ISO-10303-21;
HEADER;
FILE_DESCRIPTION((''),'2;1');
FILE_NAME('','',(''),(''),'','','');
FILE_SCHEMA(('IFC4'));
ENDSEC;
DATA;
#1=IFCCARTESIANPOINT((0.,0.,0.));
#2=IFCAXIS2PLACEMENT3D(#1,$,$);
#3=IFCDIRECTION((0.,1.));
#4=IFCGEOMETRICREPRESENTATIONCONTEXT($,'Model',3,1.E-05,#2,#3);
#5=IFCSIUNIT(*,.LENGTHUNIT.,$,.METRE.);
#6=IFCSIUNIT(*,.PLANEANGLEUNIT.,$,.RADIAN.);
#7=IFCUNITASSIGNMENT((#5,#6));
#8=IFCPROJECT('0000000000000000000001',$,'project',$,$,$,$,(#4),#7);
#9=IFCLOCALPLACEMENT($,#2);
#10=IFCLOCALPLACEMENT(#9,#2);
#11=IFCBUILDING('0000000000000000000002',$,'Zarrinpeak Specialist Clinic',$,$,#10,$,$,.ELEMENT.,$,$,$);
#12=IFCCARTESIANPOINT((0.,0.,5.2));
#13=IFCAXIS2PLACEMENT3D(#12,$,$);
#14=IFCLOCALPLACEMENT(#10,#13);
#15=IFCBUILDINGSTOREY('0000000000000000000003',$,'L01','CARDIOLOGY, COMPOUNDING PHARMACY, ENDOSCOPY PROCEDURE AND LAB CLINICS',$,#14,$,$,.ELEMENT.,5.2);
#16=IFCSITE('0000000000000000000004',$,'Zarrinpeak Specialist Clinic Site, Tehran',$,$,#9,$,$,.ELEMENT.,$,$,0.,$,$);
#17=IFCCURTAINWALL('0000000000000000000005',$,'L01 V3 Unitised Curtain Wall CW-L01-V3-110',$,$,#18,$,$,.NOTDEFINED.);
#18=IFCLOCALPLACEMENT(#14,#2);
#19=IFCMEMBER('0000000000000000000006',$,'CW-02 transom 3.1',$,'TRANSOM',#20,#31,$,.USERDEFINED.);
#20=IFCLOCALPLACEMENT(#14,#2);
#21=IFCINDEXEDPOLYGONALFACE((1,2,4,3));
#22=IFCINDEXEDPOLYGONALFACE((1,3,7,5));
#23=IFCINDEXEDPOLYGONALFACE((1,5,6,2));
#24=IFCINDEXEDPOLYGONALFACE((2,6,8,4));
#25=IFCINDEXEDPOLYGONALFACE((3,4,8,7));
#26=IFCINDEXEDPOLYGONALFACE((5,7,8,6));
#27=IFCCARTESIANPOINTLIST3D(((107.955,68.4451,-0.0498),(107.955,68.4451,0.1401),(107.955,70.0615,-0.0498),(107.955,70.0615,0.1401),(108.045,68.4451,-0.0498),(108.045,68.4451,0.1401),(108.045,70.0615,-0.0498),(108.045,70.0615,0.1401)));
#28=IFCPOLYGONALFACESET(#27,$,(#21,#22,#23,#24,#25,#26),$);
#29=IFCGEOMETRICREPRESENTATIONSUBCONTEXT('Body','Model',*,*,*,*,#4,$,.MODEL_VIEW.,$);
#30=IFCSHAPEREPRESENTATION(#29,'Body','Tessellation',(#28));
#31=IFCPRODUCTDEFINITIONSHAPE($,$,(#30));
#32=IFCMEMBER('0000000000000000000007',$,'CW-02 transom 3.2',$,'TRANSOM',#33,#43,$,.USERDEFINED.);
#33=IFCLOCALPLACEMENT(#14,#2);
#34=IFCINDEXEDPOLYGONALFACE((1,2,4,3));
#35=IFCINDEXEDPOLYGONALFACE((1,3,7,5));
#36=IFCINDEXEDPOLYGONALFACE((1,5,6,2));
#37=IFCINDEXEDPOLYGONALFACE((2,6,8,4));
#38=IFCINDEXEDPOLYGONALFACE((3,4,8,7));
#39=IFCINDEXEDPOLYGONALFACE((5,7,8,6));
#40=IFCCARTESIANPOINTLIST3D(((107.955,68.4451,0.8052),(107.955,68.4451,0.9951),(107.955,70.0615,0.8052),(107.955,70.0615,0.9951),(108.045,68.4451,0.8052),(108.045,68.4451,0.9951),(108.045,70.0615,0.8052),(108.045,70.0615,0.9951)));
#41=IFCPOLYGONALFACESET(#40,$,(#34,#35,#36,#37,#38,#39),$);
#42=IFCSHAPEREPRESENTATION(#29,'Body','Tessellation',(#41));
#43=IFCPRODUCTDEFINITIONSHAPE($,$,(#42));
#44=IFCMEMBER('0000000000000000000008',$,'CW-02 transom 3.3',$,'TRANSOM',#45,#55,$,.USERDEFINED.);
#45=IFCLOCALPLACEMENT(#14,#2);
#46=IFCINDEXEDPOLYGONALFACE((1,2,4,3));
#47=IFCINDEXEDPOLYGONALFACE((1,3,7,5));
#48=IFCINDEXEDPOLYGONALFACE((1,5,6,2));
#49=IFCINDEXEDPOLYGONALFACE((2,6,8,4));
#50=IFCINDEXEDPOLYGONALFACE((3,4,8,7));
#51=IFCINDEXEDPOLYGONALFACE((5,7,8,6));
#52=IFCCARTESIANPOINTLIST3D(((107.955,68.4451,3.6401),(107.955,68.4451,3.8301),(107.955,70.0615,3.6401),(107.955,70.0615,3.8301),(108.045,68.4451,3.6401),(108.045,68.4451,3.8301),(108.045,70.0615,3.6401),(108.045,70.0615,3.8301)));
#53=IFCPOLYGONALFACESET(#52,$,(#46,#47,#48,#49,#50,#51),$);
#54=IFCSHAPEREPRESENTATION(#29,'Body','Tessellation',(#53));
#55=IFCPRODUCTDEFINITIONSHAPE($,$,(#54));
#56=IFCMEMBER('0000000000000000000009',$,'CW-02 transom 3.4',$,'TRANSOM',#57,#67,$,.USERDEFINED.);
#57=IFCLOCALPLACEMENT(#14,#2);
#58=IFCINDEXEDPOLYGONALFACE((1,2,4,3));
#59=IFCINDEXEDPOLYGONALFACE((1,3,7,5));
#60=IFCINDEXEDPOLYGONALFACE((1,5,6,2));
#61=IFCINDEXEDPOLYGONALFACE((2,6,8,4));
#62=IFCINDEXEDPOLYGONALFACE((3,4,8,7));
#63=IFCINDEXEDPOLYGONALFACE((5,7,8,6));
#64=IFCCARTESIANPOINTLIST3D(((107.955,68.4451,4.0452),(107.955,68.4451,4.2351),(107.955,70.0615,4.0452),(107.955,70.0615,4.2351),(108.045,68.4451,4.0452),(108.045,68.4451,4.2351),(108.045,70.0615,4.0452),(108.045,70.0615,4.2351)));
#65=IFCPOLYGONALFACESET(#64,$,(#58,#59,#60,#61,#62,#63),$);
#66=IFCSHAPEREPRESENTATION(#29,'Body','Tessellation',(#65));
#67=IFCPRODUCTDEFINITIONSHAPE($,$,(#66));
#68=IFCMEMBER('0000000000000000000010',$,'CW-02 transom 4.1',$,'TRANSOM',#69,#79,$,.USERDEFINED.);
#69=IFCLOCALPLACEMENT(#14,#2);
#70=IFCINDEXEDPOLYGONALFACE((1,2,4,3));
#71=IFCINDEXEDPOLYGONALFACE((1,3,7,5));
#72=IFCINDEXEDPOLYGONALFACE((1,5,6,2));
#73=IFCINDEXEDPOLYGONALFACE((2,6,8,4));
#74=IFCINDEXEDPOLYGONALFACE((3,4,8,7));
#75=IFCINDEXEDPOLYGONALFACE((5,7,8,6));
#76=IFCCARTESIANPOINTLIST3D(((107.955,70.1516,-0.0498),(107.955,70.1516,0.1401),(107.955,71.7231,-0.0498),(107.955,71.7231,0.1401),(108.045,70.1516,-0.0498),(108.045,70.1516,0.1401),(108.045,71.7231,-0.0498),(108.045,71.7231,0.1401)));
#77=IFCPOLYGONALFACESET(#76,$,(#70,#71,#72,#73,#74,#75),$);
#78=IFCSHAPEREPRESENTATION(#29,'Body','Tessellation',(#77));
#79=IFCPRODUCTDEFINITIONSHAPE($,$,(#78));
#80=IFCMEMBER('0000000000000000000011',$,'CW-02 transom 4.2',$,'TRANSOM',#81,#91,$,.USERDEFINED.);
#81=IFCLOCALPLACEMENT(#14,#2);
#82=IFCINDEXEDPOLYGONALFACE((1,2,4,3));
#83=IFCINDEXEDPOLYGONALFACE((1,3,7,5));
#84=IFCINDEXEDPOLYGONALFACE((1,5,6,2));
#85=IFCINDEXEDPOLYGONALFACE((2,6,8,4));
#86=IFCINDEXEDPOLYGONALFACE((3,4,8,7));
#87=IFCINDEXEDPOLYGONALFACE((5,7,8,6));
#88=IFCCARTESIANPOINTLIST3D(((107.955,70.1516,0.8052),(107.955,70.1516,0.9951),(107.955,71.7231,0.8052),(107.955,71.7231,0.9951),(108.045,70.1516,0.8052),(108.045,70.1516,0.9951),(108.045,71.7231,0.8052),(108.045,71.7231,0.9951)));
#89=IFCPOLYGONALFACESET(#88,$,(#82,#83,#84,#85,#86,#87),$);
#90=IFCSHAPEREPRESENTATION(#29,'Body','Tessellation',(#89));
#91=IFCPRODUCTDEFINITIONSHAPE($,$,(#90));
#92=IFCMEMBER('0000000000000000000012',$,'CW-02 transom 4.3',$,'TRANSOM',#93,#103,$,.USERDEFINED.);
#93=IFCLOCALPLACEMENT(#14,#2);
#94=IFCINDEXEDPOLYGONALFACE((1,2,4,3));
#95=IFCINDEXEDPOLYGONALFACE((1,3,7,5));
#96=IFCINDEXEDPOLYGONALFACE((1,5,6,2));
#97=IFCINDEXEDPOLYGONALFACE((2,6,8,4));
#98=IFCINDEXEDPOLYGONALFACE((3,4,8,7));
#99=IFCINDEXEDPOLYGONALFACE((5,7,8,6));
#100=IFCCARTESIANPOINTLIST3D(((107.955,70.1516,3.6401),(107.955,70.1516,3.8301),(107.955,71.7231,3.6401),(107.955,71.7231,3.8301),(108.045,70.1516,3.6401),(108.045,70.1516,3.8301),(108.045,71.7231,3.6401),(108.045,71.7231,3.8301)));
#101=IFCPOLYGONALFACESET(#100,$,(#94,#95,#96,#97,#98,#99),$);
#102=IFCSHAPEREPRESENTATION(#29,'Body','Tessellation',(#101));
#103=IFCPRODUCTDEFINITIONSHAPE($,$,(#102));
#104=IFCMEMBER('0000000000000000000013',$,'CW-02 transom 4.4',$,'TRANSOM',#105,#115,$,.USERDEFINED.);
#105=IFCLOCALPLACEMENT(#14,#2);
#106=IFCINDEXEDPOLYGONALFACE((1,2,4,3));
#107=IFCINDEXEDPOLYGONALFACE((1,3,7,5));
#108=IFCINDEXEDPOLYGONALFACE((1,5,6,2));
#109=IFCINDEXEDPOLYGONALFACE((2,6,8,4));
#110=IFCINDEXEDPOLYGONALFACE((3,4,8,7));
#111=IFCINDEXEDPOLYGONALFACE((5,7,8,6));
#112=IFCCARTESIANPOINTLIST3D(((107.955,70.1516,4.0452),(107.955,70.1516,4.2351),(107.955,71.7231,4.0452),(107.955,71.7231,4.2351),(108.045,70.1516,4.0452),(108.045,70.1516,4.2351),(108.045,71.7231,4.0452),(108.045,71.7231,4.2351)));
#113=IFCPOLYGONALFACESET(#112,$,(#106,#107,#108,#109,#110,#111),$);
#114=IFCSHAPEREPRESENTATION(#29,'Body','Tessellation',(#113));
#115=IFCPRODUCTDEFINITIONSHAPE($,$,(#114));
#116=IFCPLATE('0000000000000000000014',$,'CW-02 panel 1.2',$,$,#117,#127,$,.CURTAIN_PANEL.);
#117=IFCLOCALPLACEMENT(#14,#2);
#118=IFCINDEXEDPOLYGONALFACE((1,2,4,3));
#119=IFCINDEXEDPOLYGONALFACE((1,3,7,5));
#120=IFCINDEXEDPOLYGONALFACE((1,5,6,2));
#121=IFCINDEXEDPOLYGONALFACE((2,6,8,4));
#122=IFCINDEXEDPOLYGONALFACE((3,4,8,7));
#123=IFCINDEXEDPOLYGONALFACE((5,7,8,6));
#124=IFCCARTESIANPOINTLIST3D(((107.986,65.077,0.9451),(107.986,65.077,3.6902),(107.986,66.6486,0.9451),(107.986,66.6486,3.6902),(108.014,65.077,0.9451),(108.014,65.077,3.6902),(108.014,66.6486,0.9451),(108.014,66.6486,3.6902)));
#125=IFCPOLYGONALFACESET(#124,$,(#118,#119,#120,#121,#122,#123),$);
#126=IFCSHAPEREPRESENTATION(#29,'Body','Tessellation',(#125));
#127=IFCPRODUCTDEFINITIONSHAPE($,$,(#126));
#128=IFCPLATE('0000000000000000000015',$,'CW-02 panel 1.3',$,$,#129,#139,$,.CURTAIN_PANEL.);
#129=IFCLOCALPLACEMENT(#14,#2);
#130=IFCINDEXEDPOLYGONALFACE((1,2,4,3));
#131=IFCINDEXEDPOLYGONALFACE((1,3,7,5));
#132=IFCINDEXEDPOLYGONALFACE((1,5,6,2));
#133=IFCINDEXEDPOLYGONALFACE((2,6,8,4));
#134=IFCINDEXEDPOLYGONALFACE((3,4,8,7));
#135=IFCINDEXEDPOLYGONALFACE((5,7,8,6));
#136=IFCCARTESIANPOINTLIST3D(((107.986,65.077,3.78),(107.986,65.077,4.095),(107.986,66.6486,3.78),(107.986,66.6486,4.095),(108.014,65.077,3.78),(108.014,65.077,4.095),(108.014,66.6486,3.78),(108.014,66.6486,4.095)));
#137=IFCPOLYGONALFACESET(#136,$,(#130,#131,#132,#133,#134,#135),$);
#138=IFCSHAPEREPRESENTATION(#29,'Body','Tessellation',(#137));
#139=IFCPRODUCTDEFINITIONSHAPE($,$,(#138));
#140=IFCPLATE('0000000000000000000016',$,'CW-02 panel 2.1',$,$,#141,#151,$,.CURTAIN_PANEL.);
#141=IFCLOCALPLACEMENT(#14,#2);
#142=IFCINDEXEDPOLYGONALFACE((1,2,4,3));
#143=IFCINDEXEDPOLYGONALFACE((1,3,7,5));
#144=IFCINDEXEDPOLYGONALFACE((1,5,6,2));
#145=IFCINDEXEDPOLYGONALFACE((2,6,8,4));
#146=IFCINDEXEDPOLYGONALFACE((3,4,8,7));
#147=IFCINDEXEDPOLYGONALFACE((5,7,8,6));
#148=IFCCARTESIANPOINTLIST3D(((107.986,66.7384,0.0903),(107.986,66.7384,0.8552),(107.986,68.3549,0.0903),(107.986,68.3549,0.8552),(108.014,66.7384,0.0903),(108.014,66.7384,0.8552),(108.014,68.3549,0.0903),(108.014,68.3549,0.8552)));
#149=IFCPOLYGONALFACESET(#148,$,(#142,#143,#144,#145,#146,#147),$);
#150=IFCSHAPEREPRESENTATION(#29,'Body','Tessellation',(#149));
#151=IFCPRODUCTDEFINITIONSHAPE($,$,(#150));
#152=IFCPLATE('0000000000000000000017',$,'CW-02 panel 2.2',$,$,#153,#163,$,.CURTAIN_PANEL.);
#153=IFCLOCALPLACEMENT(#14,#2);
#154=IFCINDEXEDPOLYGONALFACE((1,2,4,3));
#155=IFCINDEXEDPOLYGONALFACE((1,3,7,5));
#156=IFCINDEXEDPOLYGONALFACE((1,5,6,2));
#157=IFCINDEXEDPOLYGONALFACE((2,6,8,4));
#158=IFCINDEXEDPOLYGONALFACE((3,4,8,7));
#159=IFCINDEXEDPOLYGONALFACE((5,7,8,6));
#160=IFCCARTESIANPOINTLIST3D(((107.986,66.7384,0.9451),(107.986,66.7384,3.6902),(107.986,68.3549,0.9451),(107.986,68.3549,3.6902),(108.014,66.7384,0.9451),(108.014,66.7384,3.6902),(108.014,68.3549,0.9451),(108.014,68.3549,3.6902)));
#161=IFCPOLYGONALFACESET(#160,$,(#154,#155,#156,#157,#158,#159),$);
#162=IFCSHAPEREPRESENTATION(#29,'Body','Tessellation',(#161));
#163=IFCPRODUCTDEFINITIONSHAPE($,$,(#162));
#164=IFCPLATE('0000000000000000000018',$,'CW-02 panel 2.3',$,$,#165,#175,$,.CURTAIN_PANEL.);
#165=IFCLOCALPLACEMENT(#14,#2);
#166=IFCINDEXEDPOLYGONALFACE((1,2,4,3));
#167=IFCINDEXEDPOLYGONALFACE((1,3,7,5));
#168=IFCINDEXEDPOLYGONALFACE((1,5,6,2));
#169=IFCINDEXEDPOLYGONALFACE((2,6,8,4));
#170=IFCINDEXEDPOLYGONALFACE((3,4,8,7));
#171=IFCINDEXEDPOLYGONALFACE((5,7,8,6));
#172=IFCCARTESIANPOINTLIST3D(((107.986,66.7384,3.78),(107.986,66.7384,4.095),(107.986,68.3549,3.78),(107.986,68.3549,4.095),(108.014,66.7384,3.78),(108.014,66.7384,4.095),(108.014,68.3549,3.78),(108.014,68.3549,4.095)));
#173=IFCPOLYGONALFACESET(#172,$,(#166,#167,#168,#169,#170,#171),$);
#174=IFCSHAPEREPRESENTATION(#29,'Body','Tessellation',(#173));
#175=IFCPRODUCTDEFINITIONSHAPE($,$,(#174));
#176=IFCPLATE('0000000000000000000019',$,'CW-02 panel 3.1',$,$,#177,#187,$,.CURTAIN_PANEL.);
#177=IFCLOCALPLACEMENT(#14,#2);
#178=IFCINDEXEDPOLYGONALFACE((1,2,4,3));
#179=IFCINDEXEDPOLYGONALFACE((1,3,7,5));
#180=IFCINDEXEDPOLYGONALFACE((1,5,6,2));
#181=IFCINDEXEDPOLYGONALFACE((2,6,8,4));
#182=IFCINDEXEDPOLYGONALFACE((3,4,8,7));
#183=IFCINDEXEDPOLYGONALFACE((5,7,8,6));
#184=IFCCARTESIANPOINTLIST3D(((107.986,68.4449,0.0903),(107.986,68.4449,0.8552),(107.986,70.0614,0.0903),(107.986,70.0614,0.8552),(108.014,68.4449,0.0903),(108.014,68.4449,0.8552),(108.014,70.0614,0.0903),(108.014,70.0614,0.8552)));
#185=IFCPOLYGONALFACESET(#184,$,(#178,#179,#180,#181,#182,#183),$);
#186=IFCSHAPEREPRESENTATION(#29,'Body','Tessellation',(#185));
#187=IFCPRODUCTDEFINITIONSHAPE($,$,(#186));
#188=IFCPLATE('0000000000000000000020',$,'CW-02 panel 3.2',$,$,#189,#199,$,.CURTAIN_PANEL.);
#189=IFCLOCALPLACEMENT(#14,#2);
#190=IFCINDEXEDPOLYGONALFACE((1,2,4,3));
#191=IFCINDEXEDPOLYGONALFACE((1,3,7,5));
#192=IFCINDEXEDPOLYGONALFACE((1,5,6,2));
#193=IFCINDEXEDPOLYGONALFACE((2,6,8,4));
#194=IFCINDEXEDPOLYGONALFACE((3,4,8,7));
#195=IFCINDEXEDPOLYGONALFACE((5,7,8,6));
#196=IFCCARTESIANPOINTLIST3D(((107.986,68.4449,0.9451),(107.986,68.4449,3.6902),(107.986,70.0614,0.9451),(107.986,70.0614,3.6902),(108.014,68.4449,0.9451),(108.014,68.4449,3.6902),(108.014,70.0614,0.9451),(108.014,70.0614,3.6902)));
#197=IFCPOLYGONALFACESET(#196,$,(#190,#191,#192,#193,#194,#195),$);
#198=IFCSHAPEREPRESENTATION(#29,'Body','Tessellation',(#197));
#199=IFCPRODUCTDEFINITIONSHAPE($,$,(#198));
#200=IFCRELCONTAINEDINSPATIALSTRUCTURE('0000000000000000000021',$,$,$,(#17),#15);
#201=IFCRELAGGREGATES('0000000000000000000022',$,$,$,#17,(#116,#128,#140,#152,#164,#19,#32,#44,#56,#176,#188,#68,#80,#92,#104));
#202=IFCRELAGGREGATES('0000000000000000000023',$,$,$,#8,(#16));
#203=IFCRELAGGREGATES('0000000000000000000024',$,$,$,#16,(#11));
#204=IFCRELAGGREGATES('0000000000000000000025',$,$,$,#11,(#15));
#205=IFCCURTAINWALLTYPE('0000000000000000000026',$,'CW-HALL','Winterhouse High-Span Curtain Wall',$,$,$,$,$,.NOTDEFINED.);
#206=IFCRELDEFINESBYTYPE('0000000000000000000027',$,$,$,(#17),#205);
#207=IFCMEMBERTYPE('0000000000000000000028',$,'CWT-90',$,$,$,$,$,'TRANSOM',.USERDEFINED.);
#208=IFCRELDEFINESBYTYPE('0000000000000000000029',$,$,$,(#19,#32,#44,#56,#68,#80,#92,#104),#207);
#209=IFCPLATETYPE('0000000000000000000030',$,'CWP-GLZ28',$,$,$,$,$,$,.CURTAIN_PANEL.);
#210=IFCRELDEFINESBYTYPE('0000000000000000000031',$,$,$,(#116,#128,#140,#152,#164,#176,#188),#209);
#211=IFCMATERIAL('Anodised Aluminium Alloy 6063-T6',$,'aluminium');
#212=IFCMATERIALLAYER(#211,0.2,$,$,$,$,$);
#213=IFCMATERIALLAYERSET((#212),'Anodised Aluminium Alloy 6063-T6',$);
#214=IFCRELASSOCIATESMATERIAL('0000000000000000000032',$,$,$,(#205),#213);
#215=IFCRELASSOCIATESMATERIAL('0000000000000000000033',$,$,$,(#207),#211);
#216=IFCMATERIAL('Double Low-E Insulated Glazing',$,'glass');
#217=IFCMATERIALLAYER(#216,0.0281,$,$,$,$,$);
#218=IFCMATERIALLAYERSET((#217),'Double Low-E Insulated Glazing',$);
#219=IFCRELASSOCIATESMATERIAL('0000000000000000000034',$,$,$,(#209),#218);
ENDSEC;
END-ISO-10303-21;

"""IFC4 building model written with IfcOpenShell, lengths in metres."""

from ifc_helpers import new_model, si_unit, direction, frame, origin, origin_2d, place, context, subcontext, project, spatial, rectangle, extrude, material, layer, layer_set, material_profile, profile_set, type_object, element, aggregate, save


model = new_model("IFC4")

# Units and contexts
model_context = context("Model", 3, precision=1e-05, world=origin(), true_north=direction((0.0, 1.0)))
body_context = subcontext(model_context, "Body", "Model", "MODEL_VIEW")
ifc_project = project(units=[si_unit("LENGTHUNIT", "METRE"), si_unit("PLANEANGLEUNIT", "RADIAN")], contexts=[model_context])

# Site, building, storey
site_placement = place(None, origin())
site = spatial("IfcSite", under=ifc_project, at=site_placement, Name="Zarrinpeak Specialist Clinic Site, Tehran", CompositionType="ELEMENT", RefElevation=0.0)
building_placement = place(site_placement, origin())
building = spatial("IfcBuilding", under=site, at=building_placement, Name="Zarrinpeak Specialist Clinic", CompositionType="ELEMENT")
storey_placement = place(building_placement, frame((0.0, 0.0, 5.2)))
storey = spatial("IfcBuildingStorey", under=building, at=storey_placement, Name="L01", Description="CARDIOLOGY, COMPOUNDING PHARMACY, ENDOSCOPY PROCEDURE AND LAB CLINICS", CompositionType="ELEMENT", Elevation=5.2)

# Curtain wall, members, plates
ifc_material_1 = material(Name="Anodised Aluminium Alloy 6063-T6", Category="aluminium")
ifc_layer_1 = layer(ifc_material_1, 0.2)
ifc_layer_set_1 = layer_set([ifc_layer_1], Name="Anodised Aluminium Alloy 6063-T6")
curtain_wall_type = type_object("IfcCurtainWallType", Name="CW-HALL", Description="Winterhouse High-Span Curtain Wall", PredefinedType="NOTDEFINED", material=ifc_layer_set_1)
curtain_wall_placement = place(storey_placement, origin())
curtain_wall = element("IfcCurtainWall", 1, at=curtain_wall_placement, inside=storey, type_object=curtain_wall_type, Name="L01 V3 Unitised Curtain Wall CW-L01-V3-110", PredefinedType="NOTDEFINED")
ifc_material_profile_1 = material_profile(ifc_material_1, rectangle(XDim=0.0901, YDim=0.1899, at=origin_2d()), Name="ALU 90x190")
ifc_profile_set_1 = profile_set([ifc_material_profile_1], Name="Anodised Aluminium Alloy 6063-T6")
member_type_1 = type_object("IfcMemberType", Name="CWT-90", ElementType="TRANSOM", PredefinedType="USERDEFINED", material=ifc_profile_set_1)
member_1_placement = place(storey_placement, frame((108.0, 68.4451, 0.0452), z_axis=(0.0, 1.0, 0.0), x_axis=(-1.0, 0.0, 0.0)))
member_1 = element("IfcMember", 2, at=member_1_placement, type_object=member_type_1, Name="CW-02 transom 3.1", ObjectType="TRANSOM", PredefinedType="USERDEFINED", context=body_context, shape_type="SweptSolid", body=[
    extrude(rectangle(XDim=0.0901, YDim=0.1899, at=origin_2d()), origin(), (0.0, 0.0, 1.0), 1.6165),
])
member_2_placement = place(storey_placement, frame((108.0, 68.4451, 0.9001), z_axis=(0.0, 1.0, 0.0), x_axis=(-1.0, 0.0, 0.0)))
member_2 = element("IfcMember", 3, at=member_2_placement, type_object=member_type_1, Name="CW-02 transom 3.2", ObjectType="TRANSOM", PredefinedType="USERDEFINED", context=body_context, shape_type="SweptSolid", body=[
    extrude(rectangle(XDim=0.0901, YDim=0.1899, at=origin_2d()), origin(), (0.0, 0.0, 1.0), 1.6165),
])
member_3_placement = place(storey_placement, frame((108.0, 68.4451, 3.7351), z_axis=(0.0, 1.0, 0.0), x_axis=(-1.0, 0.0, 0.0)))
member_3 = element("IfcMember", 4, at=member_3_placement, type_object=member_type_1, Name="CW-02 transom 3.3", ObjectType="TRANSOM", PredefinedType="USERDEFINED", context=body_context, shape_type="SweptSolid", body=[
    extrude(rectangle(XDim=0.0901, YDim=0.1899, at=origin_2d()), origin(), (0.0, 0.0, 1.0), 1.6165),
])
member_4_placement = place(storey_placement, frame((108.0, 68.4451, 4.1401), z_axis=(0.0, 1.0, 0.0), x_axis=(-1.0, 0.0, 0.0)))
member_4 = element("IfcMember", 5, at=member_4_placement, type_object=member_type_1, Name="CW-02 transom 3.4", ObjectType="TRANSOM", PredefinedType="USERDEFINED", context=body_context, shape_type="SweptSolid", body=[
    extrude(rectangle(XDim=0.0901, YDim=0.1899, at=origin_2d()), origin(), (0.0, 0.0, 1.0), 1.6165),
])
member_5_placement = place(storey_placement, frame((108.0, 70.1516, 0.0452), z_axis=(0.0, 1.0, 0.0), x_axis=(-1.0, 0.0, 0.0)))
member_5 = element("IfcMember", 6, at=member_5_placement, type_object=member_type_1, Name="CW-02 transom 4.1", ObjectType="TRANSOM", PredefinedType="USERDEFINED", context=body_context, shape_type="SweptSolid", body=[
    extrude(rectangle(XDim=0.0901, YDim=0.1899, at=origin_2d()), origin(), (0.0, 0.0, 1.0), 1.5715),
])
member_6_placement = place(storey_placement, frame((108.0, 70.1516, 0.9001), z_axis=(0.0, 1.0, 0.0), x_axis=(-1.0, 0.0, 0.0)))
member_6 = element("IfcMember", 7, at=member_6_placement, type_object=member_type_1, Name="CW-02 transom 4.2", ObjectType="TRANSOM", PredefinedType="USERDEFINED", context=body_context, shape_type="SweptSolid", body=[
    extrude(rectangle(XDim=0.0901, YDim=0.1899, at=origin_2d()), origin(), (0.0, 0.0, 1.0), 1.5715),
])
member_7_placement = place(storey_placement, frame((108.0, 70.1516, 3.7351), z_axis=(0.0, 1.0, 0.0), x_axis=(-1.0, 0.0, 0.0)))
member_7 = element("IfcMember", 8, at=member_7_placement, type_object=member_type_1, Name="CW-02 transom 4.3", ObjectType="TRANSOM", PredefinedType="USERDEFINED", context=body_context, shape_type="SweptSolid", body=[
    extrude(rectangle(XDim=0.0901, YDim=0.1899, at=origin_2d()), origin(), (0.0, 0.0, 1.0), 1.5715),
])
member_8_placement = place(storey_placement, frame((108.0, 70.1516, 4.1401), z_axis=(0.0, 1.0, 0.0), x_axis=(-1.0, 0.0, 0.0)))
member_8 = element("IfcMember", 9, at=member_8_placement, type_object=member_type_1, Name="CW-02 transom 4.4", ObjectType="TRANSOM", PredefinedType="USERDEFINED", context=body_context, shape_type="SweptSolid", body=[
    extrude(rectangle(XDim=0.0901, YDim=0.1899, at=origin_2d()), origin(), (0.0, 0.0, 1.0), 1.5715),
])
ifc_material_2 = material(Name="Double Low-E Insulated Glazing", Category="glass")
ifc_layer_2 = layer(ifc_material_2, 0.0281)
ifc_layer_set_2 = layer_set([ifc_layer_2], Name="Double Low-E Insulated Glazing")
plate_type_1 = type_object("IfcPlateType", Name="CWP-GLZ28", PredefinedType="CURTAIN_PANEL", material=ifc_layer_set_2)
plate_1_placement = place(storey_placement, frame((108.0, 65.8628, 0.9451), z_axis=(0.0, 0.0, 1.0), x_axis=(0.0, 1.0, 0.0)))
plate_1 = element("IfcPlate", 10, at=plate_1_placement, type_object=plate_type_1, Name="CW-02 panel 1.2", PredefinedType="CURTAIN_PANEL", context=body_context, shape_type="SweptSolid", body=[
    extrude(rectangle(XDim=1.5715, YDim=0.0281, at=origin_2d()), origin(), (0.0, 0.0, 1.0), 2.7451),
])
plate_2_placement = place(storey_placement, frame((108.0, 65.8628, 3.78), z_axis=(0.0, 0.0, 1.0), x_axis=(0.0, 1.0, 0.0)))
plate_2 = element("IfcPlate", 11, at=plate_2_placement, type_object=plate_type_1, Name="CW-02 panel 1.3", PredefinedType="CURTAIN_PANEL", context=body_context, shape_type="SweptSolid", body=[
    extrude(rectangle(XDim=1.5715, YDim=0.0281, at=origin_2d()), origin(), (0.0, 0.0, 1.0), 0.3149),
])
plate_3_placement = place(storey_placement, frame((108.0, 67.5466, 0.0903), z_axis=(0.0, 0.0, 1.0), x_axis=(0.0, 1.0, 0.0)))
plate_3 = element("IfcPlate", 12, at=plate_3_placement, type_object=plate_type_1, Name="CW-02 panel 2.1", PredefinedType="CURTAIN_PANEL", context=body_context, shape_type="SweptSolid", body=[
    extrude(rectangle(XDim=1.6165, YDim=0.0281, at=origin_2d()), origin(), (0.0, 0.0, 1.0), 0.7649),
])
plate_4_placement = place(storey_placement, frame((108.0, 67.5466, 0.9451), z_axis=(0.0, 0.0, 1.0), x_axis=(0.0, 1.0, 0.0)))
plate_4 = element("IfcPlate", 13, at=plate_4_placement, type_object=plate_type_1, Name="CW-02 panel 2.2", PredefinedType="CURTAIN_PANEL", context=body_context, shape_type="SweptSolid", body=[
    extrude(rectangle(XDim=1.6165, YDim=0.0281, at=origin_2d()), origin(), (0.0, 0.0, 1.0), 2.7451),
])
plate_5_placement = place(storey_placement, frame((108.0, 67.5466, 3.78), z_axis=(0.0, 0.0, 1.0), x_axis=(0.0, 1.0, 0.0)))
plate_5 = element("IfcPlate", 14, at=plate_5_placement, type_object=plate_type_1, Name="CW-02 panel 2.3", PredefinedType="CURTAIN_PANEL", context=body_context, shape_type="SweptSolid", body=[
    extrude(rectangle(XDim=1.6165, YDim=0.0281, at=origin_2d()), origin(), (0.0, 0.0, 1.0), 0.3149),
])
plate_6_placement = place(storey_placement, frame((108.0, 69.2532, 0.0903), z_axis=(0.0, 0.0, 1.0), x_axis=(0.0, 1.0, 0.0)))
plate_6 = element("IfcPlate", 15, at=plate_6_placement, type_object=plate_type_1, Name="CW-02 panel 3.1", PredefinedType="CURTAIN_PANEL", context=body_context, shape_type="SweptSolid", body=[
    extrude(rectangle(XDim=1.6165, YDim=0.0281, at=origin_2d()), origin(), (0.0, 0.0, 1.0), 0.7649),
])
plate_7_placement = place(storey_placement, frame((108.0, 69.2532, 0.9451), z_axis=(0.0, 0.0, 1.0), x_axis=(0.0, 1.0, 0.0)))
plate_7 = element("IfcPlate", 16, at=plate_7_placement, type_object=plate_type_1, Name="CW-02 panel 3.2", PredefinedType="CURTAIN_PANEL", context=body_context, shape_type="SweptSolid", body=[
    extrude(rectangle(XDim=1.6165, YDim=0.0281, at=origin_2d()), origin(), (0.0, 0.0, 1.0), 2.7451),
])
aggregate(curtain_wall, [plate_1, plate_2, plate_3, plate_4, plate_5, member_1, member_2, member_3, member_4, plate_6, plate_7, member_5, member_6, member_7, member_8])

save(model, "model.ifc")
